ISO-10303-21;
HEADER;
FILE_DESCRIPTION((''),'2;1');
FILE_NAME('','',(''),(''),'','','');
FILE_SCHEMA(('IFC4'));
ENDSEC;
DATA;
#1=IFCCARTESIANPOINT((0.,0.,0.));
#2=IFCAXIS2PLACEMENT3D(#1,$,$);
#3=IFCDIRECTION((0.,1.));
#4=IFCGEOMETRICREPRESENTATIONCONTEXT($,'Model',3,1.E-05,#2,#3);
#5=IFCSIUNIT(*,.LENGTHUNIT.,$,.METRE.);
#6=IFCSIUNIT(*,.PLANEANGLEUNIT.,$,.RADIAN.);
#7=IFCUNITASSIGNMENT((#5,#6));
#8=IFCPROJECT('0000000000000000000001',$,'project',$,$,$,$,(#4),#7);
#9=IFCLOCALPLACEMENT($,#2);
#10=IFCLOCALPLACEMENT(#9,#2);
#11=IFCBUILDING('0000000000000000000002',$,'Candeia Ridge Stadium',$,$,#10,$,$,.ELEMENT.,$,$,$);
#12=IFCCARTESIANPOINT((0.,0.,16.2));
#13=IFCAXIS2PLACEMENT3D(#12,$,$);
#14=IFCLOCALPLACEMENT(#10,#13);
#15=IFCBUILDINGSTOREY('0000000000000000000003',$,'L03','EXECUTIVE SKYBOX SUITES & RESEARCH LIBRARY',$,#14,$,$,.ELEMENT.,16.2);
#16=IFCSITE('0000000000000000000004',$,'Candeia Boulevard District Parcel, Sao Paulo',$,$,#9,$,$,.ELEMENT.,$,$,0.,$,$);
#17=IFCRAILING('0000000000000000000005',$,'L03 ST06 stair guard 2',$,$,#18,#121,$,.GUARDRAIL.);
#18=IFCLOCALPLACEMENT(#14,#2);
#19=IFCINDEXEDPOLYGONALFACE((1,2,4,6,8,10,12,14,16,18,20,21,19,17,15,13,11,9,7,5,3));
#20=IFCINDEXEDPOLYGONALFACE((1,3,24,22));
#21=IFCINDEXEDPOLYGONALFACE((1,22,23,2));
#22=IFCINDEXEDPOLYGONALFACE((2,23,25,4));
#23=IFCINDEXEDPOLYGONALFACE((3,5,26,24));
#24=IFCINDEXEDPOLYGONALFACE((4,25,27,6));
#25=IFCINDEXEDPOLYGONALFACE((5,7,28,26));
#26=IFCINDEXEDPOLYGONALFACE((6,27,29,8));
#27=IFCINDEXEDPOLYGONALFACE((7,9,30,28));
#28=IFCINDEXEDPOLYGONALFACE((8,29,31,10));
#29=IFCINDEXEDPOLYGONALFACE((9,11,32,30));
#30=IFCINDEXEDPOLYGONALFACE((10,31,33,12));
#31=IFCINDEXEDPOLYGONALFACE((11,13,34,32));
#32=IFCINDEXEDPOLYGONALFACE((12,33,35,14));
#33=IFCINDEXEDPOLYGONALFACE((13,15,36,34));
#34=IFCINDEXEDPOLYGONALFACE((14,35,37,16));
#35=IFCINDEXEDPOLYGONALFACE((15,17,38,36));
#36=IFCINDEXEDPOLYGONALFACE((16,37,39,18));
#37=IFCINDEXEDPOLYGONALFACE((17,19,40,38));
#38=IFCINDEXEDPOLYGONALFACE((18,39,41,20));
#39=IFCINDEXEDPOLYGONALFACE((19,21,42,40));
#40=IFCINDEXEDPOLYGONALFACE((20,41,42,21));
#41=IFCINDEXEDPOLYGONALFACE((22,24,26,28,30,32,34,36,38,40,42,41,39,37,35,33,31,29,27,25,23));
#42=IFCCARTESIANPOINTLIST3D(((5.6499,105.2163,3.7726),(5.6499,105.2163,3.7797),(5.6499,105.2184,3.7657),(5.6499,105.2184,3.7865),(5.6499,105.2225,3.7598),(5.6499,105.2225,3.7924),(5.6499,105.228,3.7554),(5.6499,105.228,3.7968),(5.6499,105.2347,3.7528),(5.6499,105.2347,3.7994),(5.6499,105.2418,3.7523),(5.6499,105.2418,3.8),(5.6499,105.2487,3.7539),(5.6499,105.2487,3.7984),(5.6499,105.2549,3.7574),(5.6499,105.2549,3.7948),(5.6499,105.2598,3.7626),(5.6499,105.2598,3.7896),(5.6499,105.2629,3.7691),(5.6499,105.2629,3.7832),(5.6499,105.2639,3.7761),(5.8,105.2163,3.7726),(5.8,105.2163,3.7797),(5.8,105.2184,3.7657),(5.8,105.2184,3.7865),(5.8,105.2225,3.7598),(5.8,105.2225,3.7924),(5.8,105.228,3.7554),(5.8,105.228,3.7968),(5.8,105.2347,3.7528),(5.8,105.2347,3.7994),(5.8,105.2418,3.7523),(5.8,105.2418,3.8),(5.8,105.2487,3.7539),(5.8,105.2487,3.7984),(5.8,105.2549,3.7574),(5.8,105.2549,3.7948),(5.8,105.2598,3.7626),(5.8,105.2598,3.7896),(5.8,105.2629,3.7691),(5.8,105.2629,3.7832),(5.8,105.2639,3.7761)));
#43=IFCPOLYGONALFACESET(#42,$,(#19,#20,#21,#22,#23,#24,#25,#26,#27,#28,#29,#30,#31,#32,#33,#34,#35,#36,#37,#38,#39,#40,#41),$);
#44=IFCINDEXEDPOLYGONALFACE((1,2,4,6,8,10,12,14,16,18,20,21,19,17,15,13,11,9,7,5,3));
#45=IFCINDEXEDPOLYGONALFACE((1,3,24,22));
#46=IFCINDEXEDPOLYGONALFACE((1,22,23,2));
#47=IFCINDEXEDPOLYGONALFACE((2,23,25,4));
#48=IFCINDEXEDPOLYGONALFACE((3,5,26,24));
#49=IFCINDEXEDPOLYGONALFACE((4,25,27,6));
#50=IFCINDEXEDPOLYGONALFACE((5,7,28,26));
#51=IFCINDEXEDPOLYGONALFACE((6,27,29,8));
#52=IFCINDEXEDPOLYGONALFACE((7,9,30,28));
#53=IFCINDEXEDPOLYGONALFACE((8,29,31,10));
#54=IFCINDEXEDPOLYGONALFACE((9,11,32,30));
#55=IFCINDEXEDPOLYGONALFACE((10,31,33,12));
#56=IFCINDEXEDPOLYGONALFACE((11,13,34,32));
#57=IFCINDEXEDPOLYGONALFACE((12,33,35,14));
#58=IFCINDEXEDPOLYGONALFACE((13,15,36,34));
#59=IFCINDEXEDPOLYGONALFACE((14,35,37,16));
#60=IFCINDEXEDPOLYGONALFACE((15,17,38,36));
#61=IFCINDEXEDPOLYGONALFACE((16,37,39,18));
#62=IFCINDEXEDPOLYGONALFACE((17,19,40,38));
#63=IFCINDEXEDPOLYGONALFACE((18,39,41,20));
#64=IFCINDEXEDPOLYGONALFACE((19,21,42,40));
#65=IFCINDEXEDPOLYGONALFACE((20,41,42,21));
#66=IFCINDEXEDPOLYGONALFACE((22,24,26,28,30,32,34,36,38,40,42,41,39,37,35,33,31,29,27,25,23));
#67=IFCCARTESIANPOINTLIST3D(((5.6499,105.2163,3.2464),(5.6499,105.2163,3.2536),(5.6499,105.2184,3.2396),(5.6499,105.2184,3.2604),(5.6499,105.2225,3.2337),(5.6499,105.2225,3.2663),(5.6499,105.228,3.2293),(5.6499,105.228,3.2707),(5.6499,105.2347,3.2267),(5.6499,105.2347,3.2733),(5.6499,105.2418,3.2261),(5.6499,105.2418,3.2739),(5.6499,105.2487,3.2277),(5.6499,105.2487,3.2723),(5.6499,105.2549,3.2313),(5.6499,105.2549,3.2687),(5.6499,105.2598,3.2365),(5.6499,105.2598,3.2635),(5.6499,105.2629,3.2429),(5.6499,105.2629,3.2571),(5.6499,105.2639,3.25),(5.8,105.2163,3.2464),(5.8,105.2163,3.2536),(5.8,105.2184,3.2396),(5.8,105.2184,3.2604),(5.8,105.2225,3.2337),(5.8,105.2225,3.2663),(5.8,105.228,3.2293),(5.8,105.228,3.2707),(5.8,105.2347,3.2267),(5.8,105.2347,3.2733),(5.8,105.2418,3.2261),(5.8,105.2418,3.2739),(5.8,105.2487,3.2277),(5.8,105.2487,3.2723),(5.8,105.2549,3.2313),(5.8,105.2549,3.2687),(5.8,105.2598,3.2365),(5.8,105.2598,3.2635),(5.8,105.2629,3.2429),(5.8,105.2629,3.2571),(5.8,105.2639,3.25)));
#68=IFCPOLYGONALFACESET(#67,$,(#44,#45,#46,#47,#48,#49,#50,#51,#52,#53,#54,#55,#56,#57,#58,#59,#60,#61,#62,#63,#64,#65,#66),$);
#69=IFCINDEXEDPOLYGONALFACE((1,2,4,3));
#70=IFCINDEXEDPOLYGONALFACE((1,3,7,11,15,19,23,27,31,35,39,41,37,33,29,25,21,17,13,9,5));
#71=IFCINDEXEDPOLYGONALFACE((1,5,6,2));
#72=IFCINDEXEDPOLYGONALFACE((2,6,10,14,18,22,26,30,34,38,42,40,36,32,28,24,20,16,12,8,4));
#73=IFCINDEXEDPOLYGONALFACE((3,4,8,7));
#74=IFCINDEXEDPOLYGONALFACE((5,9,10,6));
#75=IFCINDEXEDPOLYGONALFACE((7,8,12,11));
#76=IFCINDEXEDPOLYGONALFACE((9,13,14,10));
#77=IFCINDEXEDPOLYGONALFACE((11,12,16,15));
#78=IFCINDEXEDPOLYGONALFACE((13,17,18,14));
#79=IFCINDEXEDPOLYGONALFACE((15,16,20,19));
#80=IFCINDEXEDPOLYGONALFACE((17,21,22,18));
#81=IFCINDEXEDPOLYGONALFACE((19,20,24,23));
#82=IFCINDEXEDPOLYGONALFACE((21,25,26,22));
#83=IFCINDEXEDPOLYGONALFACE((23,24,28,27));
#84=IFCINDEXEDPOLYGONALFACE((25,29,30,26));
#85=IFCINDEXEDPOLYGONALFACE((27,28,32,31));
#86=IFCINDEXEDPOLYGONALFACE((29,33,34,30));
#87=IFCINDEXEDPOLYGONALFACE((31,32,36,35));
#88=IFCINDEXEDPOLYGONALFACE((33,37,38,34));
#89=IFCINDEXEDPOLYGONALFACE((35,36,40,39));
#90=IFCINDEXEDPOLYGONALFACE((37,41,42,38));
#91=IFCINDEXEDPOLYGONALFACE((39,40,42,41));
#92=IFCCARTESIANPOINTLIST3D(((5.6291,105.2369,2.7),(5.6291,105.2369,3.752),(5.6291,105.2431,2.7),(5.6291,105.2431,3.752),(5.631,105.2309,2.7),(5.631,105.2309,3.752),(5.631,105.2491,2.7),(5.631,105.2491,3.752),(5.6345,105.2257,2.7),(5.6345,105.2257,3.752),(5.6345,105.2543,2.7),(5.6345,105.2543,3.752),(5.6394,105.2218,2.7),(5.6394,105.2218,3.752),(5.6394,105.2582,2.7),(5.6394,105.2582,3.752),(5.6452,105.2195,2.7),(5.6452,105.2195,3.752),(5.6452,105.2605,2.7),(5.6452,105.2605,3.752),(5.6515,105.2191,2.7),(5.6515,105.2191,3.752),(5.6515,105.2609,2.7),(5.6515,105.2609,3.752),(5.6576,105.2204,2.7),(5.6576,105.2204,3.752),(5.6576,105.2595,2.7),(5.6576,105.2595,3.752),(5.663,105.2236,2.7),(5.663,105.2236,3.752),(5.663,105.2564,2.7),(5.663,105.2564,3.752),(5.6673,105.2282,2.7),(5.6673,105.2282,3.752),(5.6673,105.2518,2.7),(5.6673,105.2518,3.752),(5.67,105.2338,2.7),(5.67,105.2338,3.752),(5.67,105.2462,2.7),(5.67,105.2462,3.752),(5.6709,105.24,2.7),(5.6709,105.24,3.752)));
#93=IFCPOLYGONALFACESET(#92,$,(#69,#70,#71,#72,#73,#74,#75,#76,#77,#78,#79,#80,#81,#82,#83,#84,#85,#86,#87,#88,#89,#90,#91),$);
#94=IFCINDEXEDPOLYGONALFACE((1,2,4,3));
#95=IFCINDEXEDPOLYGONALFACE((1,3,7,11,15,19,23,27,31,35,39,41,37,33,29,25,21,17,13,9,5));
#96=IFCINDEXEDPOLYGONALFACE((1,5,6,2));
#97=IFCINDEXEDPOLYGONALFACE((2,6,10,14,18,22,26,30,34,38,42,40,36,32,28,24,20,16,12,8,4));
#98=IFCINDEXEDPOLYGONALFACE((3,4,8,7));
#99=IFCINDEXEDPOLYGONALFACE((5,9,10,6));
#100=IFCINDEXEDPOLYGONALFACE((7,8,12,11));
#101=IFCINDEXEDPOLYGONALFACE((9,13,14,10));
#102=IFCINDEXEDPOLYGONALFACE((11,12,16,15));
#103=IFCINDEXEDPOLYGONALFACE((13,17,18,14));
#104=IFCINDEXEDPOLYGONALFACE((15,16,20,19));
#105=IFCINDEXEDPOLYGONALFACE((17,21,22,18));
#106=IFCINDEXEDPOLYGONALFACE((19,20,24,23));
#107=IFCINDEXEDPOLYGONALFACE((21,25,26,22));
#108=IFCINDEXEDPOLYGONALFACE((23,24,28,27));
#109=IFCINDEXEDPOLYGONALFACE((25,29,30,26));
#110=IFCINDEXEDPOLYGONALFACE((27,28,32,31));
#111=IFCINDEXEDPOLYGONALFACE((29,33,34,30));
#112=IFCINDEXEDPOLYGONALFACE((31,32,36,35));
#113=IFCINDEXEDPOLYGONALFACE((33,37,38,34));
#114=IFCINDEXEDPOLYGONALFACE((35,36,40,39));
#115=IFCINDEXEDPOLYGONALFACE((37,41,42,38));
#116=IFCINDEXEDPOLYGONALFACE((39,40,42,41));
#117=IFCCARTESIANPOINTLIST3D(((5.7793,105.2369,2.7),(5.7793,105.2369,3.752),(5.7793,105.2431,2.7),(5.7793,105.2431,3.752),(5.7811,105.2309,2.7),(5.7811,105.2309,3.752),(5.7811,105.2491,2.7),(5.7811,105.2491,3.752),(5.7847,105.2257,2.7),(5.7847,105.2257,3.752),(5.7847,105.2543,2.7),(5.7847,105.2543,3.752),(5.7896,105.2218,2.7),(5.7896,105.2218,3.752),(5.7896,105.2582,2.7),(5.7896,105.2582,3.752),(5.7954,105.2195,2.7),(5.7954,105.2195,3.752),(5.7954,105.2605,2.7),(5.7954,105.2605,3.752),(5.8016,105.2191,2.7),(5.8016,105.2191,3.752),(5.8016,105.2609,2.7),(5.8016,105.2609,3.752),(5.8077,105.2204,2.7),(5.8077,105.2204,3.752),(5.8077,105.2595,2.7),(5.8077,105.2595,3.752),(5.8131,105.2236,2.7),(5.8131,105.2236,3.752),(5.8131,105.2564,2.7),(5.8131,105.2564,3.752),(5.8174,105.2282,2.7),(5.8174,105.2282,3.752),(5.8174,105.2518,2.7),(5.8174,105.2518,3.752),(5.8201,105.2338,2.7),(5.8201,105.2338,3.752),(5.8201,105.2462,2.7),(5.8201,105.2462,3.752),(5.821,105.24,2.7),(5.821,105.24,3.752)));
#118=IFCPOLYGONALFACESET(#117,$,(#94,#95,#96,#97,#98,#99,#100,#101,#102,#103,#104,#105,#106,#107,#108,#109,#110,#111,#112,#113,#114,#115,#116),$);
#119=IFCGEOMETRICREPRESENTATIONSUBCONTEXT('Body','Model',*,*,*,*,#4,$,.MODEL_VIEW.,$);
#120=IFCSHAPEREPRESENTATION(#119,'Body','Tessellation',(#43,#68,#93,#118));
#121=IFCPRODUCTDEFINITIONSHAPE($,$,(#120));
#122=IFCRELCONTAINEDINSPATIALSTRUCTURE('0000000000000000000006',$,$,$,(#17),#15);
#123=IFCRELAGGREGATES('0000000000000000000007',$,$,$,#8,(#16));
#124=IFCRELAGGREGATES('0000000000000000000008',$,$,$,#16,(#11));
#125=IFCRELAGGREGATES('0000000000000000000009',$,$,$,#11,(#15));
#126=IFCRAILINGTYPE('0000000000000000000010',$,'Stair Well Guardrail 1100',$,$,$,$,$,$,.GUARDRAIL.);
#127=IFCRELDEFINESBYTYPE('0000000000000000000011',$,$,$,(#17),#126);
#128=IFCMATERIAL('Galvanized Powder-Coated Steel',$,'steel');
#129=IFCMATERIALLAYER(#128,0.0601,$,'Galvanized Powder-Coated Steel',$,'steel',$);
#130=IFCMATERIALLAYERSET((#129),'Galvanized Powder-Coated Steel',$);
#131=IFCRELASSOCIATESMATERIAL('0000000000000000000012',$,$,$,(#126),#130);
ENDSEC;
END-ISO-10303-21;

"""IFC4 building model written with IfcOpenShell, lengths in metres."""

from ifc_helpers import new_model, si_unit, direction, frame, origin, origin_2d, place, context, subcontext, project, spatial, circle, extrude, material, layer, layer_set, type_object, element, save


model = new_model("IFC4")

# Units and contexts
model_context = context("Model", 3, precision=1e-05, world=origin(), true_north=direction((0.0, 1.0)))
body_context = subcontext(model_context, "Body", "Model", "MODEL_VIEW")
ifc_project = project(units=[si_unit("LENGTHUNIT", "METRE"), si_unit("PLANEANGLEUNIT", "RADIAN")], contexts=[model_context])

# Site, building, storey
site_placement = place(None, origin())
site = spatial("IfcSite", under=ifc_project, at=site_placement, Name="Candeia Boulevard District Parcel, Sao Paulo", CompositionType="ELEMENT", RefElevation=0.0)
building_placement = place(site_placement, origin())
building = spatial("IfcBuilding", under=site, at=building_placement, Name="Candeia Ridge Stadium", CompositionType="ELEMENT")
storey_placement = place(building_placement, frame((0.0, 0.0, 16.2)))
storey = spatial("IfcBuildingStorey", under=building, at=storey_placement, Name="L03", Description="EXECUTIVE SKYBOX SUITES & RESEARCH LIBRARY", CompositionType="ELEMENT", Elevation=16.2)

# Railing
ifc_material_1 = material(Name="Galvanized Powder-Coated Steel", Category="steel")
ifc_layer_1 = layer(ifc_material_1, 0.0601, Name="Galvanized Powder-Coated Steel", Category="steel")
ifc_layer_set_1 = layer_set([ifc_layer_1], Name="Galvanized Powder-Coated Steel")
railing_type_1 = type_object("IfcRailingType", Name="Stair Well Guardrail 1100", PredefinedType="GUARDRAIL", material=ifc_layer_set_1)
railing_1_placement = place(storey_placement, frame((5.6499, 105.24, 2.7)))
element("IfcRailing", 1, at=railing_1_placement, inside=storey, type_object=railing_type_1, Name="L03 ST06 stair guard 2", PredefinedType="GUARDRAIL", context=body_context, shape_type="SweptSolid", body=[
    extrude(circle(Radius=0.0239, at=origin_2d()), frame((0.0, 0.0, 1.0762), z_axis=(1.0, 0.0, 0.0), x_axis=(0.0, 1.0, 0.0)), (0.0, 0.0, 1.0), 0.1501),
    extrude(circle(Radius=0.0239, at=origin_2d()), frame((0.0, 0.0, 0.55), z_axis=(1.0, 0.0, 0.0), x_axis=(0.0, 1.0, 0.0)), (0.0, 0.0, 1.0), 0.1501),
    extrude(circle(Radius=0.021, at=origin_2d()), origin(), (0.0, 0.0, 1.0), 1.052),
    extrude(circle(Radius=0.021, at=origin_2d()), frame((0.1501, 0.0, 0.0)), (0.0, 0.0, 1.0), 1.052),
])

save(model, "model.ifc")
